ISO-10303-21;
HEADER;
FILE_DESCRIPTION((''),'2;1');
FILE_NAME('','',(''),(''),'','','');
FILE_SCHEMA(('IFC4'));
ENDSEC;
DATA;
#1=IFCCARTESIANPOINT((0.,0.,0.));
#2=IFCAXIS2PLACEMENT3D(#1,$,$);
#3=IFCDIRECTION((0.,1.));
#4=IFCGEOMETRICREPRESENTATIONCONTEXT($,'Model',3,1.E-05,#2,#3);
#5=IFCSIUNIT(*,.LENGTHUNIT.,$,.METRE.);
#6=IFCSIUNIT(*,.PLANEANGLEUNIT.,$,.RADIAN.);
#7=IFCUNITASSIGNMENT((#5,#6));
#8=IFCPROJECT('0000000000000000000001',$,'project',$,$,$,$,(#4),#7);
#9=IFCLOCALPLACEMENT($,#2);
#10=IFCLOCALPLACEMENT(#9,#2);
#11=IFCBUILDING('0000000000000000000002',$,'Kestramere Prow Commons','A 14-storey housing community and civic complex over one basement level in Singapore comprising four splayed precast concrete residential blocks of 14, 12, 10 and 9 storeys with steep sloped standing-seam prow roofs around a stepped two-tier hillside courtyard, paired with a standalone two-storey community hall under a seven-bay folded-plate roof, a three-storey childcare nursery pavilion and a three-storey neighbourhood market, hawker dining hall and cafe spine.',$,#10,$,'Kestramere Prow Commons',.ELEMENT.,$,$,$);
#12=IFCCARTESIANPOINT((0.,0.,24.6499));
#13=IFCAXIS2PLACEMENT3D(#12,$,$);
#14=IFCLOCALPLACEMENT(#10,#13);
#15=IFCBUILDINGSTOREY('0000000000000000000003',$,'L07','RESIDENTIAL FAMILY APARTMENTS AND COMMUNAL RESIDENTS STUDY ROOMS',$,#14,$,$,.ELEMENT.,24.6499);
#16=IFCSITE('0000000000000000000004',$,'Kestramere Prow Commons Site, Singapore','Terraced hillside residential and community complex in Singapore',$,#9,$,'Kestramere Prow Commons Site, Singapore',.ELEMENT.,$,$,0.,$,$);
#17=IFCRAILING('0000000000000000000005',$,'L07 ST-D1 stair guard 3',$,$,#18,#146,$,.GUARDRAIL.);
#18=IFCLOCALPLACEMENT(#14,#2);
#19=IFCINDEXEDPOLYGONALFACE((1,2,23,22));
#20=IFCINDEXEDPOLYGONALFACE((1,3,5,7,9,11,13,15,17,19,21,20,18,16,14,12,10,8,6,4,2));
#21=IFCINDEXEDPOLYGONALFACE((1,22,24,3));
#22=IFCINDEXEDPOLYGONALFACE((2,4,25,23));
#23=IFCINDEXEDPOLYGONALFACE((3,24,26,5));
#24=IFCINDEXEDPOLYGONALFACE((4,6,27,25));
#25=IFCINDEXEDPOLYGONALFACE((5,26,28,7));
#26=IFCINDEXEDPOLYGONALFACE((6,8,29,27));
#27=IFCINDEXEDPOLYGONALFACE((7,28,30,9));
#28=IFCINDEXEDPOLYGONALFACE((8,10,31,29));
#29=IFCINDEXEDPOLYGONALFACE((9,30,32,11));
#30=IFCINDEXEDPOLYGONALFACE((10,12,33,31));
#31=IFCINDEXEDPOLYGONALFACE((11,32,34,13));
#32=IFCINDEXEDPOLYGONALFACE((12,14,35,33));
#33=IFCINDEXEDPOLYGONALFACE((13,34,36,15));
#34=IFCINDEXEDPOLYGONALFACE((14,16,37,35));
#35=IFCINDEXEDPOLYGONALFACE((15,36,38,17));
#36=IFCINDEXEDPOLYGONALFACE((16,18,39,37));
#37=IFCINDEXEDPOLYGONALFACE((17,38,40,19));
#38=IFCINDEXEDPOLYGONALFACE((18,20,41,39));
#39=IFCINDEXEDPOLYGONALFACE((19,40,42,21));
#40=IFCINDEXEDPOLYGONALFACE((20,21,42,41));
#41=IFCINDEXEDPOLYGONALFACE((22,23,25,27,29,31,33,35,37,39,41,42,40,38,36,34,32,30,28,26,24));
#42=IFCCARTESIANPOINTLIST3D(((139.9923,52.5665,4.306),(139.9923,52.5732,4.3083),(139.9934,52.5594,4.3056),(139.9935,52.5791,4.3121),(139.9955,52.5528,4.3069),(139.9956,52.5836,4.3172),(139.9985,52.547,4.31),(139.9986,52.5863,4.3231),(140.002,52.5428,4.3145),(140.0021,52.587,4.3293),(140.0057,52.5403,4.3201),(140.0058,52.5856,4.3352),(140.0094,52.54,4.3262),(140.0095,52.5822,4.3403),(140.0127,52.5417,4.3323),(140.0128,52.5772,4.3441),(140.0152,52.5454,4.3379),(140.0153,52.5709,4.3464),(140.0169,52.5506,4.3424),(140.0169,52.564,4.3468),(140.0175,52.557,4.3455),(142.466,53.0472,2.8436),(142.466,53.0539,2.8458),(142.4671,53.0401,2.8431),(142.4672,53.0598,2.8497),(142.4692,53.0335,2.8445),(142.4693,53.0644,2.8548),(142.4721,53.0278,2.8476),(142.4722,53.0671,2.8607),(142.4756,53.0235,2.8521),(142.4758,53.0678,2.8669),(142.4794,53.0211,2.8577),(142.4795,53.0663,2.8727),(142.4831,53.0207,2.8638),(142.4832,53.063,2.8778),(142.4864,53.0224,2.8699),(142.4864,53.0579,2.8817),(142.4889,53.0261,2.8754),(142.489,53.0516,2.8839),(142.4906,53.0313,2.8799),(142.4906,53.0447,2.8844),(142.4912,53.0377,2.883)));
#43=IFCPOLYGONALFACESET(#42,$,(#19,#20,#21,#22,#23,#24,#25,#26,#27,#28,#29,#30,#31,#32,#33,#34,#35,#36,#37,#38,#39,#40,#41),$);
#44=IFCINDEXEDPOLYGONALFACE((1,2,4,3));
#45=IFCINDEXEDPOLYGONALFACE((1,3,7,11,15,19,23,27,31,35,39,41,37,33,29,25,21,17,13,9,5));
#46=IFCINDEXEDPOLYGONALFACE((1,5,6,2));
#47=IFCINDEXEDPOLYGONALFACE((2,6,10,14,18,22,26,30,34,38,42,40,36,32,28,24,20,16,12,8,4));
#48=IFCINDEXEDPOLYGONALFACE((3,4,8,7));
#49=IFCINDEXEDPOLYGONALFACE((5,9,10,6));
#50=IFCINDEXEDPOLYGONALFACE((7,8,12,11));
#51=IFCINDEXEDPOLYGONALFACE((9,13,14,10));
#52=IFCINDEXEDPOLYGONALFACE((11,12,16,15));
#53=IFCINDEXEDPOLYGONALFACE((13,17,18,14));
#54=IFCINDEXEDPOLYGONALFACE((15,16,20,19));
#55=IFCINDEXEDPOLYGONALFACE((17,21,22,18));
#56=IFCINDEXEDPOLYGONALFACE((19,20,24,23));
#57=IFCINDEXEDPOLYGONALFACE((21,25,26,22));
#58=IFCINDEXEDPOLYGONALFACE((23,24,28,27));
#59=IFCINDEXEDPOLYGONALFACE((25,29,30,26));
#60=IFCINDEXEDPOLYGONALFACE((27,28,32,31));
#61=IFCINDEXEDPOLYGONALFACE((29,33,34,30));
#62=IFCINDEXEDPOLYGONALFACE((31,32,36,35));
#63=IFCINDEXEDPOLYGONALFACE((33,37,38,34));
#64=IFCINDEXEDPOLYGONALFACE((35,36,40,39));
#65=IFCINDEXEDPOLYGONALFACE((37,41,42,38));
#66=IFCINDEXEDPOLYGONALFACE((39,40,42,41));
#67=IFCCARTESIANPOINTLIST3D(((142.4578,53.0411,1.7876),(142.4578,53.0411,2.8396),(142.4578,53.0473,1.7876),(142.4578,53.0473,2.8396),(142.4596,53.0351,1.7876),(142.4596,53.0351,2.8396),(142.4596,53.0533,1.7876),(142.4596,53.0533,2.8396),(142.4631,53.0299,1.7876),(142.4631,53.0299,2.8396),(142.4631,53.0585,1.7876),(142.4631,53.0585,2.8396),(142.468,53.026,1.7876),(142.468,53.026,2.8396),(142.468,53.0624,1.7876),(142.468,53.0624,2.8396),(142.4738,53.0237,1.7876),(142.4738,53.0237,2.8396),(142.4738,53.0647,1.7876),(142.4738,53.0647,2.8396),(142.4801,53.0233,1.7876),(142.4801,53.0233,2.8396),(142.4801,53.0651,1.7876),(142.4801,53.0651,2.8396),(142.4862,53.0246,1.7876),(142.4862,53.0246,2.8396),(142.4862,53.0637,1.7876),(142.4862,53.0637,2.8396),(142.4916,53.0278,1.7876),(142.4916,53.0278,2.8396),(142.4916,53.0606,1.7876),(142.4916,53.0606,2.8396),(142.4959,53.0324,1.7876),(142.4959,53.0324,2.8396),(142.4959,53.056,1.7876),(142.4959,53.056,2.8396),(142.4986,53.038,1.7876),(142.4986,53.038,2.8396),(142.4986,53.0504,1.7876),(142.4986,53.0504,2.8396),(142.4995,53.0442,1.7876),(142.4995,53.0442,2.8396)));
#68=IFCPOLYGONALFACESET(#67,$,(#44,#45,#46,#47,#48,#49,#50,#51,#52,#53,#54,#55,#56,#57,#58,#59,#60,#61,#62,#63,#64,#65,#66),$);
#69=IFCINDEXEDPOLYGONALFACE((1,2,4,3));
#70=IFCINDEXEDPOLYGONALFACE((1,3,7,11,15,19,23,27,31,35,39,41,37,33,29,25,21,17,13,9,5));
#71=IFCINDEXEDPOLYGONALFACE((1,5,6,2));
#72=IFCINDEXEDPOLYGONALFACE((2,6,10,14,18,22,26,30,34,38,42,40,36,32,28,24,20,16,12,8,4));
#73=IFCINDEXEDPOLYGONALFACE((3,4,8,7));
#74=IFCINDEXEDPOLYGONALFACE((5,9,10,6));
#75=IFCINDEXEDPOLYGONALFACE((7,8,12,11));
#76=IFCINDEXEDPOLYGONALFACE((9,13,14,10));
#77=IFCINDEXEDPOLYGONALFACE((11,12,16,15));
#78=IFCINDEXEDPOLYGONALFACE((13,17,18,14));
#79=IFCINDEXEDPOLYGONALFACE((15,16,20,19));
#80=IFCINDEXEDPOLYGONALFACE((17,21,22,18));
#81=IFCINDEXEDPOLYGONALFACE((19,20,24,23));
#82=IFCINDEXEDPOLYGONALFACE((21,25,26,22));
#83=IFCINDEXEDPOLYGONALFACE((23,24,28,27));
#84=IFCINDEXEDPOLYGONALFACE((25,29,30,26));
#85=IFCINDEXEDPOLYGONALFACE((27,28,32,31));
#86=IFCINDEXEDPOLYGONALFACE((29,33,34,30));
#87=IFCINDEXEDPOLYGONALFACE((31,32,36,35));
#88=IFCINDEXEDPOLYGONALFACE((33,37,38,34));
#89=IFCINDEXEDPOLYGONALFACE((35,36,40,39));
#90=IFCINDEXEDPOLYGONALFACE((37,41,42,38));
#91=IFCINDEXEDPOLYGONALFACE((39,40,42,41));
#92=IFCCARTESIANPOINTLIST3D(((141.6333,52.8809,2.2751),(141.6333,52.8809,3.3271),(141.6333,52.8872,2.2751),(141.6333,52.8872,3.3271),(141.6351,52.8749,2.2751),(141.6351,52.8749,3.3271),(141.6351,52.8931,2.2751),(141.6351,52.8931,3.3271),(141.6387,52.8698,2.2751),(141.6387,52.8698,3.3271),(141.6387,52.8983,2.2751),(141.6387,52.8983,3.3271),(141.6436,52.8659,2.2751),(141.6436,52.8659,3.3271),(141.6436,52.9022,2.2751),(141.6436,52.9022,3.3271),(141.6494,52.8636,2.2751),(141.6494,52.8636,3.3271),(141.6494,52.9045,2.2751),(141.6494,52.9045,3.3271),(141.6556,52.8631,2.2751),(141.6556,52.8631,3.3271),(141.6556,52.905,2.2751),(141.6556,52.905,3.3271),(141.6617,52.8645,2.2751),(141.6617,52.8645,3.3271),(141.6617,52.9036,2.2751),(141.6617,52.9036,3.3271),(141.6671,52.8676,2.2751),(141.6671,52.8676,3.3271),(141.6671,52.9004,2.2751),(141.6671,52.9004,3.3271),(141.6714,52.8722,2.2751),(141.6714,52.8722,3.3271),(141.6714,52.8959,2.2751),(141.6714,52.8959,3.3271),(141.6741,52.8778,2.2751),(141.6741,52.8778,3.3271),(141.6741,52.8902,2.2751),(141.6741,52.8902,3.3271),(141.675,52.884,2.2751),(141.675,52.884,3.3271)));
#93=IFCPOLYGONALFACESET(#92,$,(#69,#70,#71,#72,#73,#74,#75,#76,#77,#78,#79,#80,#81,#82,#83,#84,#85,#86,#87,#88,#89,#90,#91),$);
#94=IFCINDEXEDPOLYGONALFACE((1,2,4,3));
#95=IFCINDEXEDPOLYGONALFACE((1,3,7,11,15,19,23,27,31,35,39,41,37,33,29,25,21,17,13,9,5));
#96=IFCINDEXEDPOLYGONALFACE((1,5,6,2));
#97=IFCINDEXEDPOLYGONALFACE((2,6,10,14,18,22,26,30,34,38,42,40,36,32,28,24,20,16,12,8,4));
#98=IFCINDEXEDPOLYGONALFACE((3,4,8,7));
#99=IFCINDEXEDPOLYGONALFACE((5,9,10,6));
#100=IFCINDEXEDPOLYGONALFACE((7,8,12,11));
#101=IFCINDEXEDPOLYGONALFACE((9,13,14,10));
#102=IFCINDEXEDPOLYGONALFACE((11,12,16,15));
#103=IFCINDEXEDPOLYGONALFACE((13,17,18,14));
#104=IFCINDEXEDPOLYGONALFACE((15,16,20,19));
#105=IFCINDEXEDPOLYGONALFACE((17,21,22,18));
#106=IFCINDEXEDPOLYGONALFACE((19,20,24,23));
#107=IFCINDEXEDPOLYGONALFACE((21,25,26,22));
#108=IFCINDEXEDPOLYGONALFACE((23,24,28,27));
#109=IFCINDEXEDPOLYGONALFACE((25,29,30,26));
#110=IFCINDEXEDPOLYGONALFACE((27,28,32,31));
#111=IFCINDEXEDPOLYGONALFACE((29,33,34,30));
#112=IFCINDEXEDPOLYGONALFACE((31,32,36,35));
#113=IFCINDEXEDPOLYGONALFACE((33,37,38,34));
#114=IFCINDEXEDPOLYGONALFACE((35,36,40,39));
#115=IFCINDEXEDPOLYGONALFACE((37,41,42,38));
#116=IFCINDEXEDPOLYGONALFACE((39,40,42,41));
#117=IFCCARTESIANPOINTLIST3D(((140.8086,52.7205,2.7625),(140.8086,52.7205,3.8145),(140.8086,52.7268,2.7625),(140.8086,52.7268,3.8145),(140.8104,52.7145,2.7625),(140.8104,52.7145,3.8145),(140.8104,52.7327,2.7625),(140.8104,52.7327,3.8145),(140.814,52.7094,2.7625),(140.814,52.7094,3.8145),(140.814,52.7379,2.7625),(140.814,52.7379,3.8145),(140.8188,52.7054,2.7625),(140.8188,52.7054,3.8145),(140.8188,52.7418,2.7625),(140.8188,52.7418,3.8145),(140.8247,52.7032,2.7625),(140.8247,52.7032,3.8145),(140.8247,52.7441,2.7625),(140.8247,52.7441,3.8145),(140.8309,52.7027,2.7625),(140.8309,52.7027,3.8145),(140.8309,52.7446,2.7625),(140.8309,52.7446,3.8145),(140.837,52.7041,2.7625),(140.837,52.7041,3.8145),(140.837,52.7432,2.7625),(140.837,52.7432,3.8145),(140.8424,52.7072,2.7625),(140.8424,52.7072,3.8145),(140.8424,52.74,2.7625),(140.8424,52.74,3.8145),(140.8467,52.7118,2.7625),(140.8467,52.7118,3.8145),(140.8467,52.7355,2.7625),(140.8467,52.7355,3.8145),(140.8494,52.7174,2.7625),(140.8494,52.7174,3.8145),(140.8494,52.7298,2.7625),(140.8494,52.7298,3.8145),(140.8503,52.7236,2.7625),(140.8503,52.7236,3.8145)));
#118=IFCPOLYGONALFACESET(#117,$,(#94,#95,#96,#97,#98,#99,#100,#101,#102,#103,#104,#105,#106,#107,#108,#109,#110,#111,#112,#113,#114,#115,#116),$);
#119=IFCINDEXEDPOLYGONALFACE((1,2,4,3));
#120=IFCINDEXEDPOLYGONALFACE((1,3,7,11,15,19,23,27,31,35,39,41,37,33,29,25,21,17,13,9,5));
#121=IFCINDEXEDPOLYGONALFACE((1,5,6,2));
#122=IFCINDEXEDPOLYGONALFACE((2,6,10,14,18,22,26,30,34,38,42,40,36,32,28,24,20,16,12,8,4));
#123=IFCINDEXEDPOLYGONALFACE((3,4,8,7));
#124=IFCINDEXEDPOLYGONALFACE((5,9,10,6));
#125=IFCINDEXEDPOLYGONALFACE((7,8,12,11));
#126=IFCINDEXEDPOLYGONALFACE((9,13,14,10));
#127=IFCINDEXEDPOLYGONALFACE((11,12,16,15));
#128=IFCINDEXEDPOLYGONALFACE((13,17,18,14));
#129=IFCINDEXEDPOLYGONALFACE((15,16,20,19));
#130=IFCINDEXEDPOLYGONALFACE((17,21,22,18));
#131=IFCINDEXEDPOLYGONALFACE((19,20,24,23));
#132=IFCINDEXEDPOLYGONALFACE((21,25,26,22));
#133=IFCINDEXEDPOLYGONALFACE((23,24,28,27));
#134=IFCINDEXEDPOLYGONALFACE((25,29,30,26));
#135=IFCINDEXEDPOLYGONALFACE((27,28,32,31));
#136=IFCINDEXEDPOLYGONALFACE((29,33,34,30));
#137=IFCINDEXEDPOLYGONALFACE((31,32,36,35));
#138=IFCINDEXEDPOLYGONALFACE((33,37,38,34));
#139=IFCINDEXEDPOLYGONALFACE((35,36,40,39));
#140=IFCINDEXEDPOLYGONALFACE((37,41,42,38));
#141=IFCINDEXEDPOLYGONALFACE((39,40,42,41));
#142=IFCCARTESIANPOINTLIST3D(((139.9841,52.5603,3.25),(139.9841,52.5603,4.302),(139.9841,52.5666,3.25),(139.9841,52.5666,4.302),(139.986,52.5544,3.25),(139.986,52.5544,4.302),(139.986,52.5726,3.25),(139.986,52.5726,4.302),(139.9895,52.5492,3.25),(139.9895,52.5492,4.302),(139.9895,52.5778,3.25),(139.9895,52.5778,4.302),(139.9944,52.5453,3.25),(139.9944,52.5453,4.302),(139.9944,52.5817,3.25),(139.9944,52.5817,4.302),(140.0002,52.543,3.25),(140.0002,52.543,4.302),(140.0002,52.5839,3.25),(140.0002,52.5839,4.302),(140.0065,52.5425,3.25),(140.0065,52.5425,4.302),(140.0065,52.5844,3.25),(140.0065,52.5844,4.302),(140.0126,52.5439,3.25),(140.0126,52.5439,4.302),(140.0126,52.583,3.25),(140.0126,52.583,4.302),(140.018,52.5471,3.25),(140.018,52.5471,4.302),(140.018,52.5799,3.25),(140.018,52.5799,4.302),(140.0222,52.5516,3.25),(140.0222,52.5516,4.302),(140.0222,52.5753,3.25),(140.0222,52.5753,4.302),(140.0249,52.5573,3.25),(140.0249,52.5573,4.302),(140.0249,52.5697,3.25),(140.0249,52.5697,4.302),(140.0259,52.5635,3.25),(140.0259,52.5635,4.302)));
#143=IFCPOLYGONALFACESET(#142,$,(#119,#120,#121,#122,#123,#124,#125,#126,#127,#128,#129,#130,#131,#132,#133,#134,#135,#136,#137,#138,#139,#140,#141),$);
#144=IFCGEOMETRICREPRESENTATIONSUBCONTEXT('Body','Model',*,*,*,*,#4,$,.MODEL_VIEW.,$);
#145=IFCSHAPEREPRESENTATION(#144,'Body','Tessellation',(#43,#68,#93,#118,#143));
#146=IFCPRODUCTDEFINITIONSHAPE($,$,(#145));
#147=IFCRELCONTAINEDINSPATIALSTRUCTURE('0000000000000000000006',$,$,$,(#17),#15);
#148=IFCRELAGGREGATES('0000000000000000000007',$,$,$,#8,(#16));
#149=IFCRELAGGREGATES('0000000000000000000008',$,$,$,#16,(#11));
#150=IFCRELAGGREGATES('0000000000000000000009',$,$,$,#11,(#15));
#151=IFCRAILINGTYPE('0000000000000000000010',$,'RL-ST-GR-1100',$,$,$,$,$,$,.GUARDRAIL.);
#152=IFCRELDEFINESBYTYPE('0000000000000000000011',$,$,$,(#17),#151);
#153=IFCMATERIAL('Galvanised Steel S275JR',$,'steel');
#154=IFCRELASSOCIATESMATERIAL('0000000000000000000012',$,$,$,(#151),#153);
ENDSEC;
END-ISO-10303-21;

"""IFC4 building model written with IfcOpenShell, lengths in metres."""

from ifc_helpers import new_model, si_unit, direction, frame, origin, origin_2d, place, context, subcontext, project, spatial, circle, extrude, material, type_object, element, save


model = new_model("IFC4")

# Units and contexts
model_context = context("Model", 3, precision=1e-05, world=origin(), true_north=direction((0.0, 1.0)))
body_context = subcontext(model_context, "Body", "Model", "MODEL_VIEW")
ifc_project = project(units=[si_unit("LENGTHUNIT", "METRE"), si_unit("PLANEANGLEUNIT", "RADIAN")], contexts=[model_context])

# Site, building, storey
site_placement = place(None, origin())
site = spatial("IfcSite", under=ifc_project, at=site_placement, Name="Kestramere Prow Commons Site, Singapore", Description="Terraced hillside residential and community complex in Singapore", LongName="Kestramere Prow Commons Site, Singapore", CompositionType="ELEMENT", RefElevation=0.0)
building_placement = place(site_placement, origin())
building = spatial("IfcBuilding", under=site, at=building_placement, Name="Kestramere Prow Commons", Description="A 14-storey housing community and civic complex over one basement level in Singapore comprising four splayed precast concrete residential blocks of 14, 12, 10 and 9 storeys with steep sloped standing-seam prow roofs around a stepped two-tier hillside courtyard, paired with a standalone two-storey community hall under a seven-bay folded-plate roof, a three-storey childcare nursery pavilion and a three-storey neighbourhood market, hawker dining hall and cafe spine.", LongName="Kestramere Prow Commons", CompositionType="ELEMENT")
storey_placement = place(building_placement, frame((0.0, 0.0, 24.6499)))
storey = spatial("IfcBuildingStorey", under=building, at=storey_placement, Name="L07", Description="RESIDENTIAL FAMILY APARTMENTS AND COMMUNAL RESIDENTS STUDY ROOMS", CompositionType="ELEMENT", Elevation=24.6499)

# Railing
ifc_material_1 = material(Name="Galvanised Steel S275JR", Category="steel")
railing_type_1 = type_object("IfcRailingType", Name="RL-ST-GR-1100", PredefinedType="GUARDRAIL", material=ifc_material_1)
railing_1_placement = place(storey_placement, frame((142.4785, 53.0442, 1.7876)))
element("IfcRailing", 1, at=railing_1_placement, inside=storey, type_object=railing_type_1, Name="L07 ST-D1 stair guard 3", PredefinedType="GUARDRAIL", context=body_context, shape_type="SweptSolid", body=[
    extrude(circle(Radius=0.0239, at=origin_2d()), frame((0.0, 0.0, 1.0762), z_axis=(-0.84902, -0.164994, 0.501938), x_axis=(0.190766, -0.981636, 0.0)), (0.0, 0.0, 1.0), 2.9136),
    extrude(circle(Radius=0.021, at=origin_2d()), origin(), (0.0, 0.0, 1.0), 1.052),
    extrude(circle(Radius=0.021, at=origin_2d()), frame((-0.8245, -0.1602, 0.4875)), (0.0, 0.0, 1.0), 1.052),
    extrude(circle(Radius=0.021, at=origin_2d()), frame((-1.6492, -0.3206, 0.9749)), (0.0, 0.0, 1.0), 1.052),
    extrude(circle(Radius=0.021, at=origin_2d()), frame((-2.4736, -0.4807, 1.4624)), (0.0, 0.0, 1.0), 1.052),
])

save(model, "model.ifc")
